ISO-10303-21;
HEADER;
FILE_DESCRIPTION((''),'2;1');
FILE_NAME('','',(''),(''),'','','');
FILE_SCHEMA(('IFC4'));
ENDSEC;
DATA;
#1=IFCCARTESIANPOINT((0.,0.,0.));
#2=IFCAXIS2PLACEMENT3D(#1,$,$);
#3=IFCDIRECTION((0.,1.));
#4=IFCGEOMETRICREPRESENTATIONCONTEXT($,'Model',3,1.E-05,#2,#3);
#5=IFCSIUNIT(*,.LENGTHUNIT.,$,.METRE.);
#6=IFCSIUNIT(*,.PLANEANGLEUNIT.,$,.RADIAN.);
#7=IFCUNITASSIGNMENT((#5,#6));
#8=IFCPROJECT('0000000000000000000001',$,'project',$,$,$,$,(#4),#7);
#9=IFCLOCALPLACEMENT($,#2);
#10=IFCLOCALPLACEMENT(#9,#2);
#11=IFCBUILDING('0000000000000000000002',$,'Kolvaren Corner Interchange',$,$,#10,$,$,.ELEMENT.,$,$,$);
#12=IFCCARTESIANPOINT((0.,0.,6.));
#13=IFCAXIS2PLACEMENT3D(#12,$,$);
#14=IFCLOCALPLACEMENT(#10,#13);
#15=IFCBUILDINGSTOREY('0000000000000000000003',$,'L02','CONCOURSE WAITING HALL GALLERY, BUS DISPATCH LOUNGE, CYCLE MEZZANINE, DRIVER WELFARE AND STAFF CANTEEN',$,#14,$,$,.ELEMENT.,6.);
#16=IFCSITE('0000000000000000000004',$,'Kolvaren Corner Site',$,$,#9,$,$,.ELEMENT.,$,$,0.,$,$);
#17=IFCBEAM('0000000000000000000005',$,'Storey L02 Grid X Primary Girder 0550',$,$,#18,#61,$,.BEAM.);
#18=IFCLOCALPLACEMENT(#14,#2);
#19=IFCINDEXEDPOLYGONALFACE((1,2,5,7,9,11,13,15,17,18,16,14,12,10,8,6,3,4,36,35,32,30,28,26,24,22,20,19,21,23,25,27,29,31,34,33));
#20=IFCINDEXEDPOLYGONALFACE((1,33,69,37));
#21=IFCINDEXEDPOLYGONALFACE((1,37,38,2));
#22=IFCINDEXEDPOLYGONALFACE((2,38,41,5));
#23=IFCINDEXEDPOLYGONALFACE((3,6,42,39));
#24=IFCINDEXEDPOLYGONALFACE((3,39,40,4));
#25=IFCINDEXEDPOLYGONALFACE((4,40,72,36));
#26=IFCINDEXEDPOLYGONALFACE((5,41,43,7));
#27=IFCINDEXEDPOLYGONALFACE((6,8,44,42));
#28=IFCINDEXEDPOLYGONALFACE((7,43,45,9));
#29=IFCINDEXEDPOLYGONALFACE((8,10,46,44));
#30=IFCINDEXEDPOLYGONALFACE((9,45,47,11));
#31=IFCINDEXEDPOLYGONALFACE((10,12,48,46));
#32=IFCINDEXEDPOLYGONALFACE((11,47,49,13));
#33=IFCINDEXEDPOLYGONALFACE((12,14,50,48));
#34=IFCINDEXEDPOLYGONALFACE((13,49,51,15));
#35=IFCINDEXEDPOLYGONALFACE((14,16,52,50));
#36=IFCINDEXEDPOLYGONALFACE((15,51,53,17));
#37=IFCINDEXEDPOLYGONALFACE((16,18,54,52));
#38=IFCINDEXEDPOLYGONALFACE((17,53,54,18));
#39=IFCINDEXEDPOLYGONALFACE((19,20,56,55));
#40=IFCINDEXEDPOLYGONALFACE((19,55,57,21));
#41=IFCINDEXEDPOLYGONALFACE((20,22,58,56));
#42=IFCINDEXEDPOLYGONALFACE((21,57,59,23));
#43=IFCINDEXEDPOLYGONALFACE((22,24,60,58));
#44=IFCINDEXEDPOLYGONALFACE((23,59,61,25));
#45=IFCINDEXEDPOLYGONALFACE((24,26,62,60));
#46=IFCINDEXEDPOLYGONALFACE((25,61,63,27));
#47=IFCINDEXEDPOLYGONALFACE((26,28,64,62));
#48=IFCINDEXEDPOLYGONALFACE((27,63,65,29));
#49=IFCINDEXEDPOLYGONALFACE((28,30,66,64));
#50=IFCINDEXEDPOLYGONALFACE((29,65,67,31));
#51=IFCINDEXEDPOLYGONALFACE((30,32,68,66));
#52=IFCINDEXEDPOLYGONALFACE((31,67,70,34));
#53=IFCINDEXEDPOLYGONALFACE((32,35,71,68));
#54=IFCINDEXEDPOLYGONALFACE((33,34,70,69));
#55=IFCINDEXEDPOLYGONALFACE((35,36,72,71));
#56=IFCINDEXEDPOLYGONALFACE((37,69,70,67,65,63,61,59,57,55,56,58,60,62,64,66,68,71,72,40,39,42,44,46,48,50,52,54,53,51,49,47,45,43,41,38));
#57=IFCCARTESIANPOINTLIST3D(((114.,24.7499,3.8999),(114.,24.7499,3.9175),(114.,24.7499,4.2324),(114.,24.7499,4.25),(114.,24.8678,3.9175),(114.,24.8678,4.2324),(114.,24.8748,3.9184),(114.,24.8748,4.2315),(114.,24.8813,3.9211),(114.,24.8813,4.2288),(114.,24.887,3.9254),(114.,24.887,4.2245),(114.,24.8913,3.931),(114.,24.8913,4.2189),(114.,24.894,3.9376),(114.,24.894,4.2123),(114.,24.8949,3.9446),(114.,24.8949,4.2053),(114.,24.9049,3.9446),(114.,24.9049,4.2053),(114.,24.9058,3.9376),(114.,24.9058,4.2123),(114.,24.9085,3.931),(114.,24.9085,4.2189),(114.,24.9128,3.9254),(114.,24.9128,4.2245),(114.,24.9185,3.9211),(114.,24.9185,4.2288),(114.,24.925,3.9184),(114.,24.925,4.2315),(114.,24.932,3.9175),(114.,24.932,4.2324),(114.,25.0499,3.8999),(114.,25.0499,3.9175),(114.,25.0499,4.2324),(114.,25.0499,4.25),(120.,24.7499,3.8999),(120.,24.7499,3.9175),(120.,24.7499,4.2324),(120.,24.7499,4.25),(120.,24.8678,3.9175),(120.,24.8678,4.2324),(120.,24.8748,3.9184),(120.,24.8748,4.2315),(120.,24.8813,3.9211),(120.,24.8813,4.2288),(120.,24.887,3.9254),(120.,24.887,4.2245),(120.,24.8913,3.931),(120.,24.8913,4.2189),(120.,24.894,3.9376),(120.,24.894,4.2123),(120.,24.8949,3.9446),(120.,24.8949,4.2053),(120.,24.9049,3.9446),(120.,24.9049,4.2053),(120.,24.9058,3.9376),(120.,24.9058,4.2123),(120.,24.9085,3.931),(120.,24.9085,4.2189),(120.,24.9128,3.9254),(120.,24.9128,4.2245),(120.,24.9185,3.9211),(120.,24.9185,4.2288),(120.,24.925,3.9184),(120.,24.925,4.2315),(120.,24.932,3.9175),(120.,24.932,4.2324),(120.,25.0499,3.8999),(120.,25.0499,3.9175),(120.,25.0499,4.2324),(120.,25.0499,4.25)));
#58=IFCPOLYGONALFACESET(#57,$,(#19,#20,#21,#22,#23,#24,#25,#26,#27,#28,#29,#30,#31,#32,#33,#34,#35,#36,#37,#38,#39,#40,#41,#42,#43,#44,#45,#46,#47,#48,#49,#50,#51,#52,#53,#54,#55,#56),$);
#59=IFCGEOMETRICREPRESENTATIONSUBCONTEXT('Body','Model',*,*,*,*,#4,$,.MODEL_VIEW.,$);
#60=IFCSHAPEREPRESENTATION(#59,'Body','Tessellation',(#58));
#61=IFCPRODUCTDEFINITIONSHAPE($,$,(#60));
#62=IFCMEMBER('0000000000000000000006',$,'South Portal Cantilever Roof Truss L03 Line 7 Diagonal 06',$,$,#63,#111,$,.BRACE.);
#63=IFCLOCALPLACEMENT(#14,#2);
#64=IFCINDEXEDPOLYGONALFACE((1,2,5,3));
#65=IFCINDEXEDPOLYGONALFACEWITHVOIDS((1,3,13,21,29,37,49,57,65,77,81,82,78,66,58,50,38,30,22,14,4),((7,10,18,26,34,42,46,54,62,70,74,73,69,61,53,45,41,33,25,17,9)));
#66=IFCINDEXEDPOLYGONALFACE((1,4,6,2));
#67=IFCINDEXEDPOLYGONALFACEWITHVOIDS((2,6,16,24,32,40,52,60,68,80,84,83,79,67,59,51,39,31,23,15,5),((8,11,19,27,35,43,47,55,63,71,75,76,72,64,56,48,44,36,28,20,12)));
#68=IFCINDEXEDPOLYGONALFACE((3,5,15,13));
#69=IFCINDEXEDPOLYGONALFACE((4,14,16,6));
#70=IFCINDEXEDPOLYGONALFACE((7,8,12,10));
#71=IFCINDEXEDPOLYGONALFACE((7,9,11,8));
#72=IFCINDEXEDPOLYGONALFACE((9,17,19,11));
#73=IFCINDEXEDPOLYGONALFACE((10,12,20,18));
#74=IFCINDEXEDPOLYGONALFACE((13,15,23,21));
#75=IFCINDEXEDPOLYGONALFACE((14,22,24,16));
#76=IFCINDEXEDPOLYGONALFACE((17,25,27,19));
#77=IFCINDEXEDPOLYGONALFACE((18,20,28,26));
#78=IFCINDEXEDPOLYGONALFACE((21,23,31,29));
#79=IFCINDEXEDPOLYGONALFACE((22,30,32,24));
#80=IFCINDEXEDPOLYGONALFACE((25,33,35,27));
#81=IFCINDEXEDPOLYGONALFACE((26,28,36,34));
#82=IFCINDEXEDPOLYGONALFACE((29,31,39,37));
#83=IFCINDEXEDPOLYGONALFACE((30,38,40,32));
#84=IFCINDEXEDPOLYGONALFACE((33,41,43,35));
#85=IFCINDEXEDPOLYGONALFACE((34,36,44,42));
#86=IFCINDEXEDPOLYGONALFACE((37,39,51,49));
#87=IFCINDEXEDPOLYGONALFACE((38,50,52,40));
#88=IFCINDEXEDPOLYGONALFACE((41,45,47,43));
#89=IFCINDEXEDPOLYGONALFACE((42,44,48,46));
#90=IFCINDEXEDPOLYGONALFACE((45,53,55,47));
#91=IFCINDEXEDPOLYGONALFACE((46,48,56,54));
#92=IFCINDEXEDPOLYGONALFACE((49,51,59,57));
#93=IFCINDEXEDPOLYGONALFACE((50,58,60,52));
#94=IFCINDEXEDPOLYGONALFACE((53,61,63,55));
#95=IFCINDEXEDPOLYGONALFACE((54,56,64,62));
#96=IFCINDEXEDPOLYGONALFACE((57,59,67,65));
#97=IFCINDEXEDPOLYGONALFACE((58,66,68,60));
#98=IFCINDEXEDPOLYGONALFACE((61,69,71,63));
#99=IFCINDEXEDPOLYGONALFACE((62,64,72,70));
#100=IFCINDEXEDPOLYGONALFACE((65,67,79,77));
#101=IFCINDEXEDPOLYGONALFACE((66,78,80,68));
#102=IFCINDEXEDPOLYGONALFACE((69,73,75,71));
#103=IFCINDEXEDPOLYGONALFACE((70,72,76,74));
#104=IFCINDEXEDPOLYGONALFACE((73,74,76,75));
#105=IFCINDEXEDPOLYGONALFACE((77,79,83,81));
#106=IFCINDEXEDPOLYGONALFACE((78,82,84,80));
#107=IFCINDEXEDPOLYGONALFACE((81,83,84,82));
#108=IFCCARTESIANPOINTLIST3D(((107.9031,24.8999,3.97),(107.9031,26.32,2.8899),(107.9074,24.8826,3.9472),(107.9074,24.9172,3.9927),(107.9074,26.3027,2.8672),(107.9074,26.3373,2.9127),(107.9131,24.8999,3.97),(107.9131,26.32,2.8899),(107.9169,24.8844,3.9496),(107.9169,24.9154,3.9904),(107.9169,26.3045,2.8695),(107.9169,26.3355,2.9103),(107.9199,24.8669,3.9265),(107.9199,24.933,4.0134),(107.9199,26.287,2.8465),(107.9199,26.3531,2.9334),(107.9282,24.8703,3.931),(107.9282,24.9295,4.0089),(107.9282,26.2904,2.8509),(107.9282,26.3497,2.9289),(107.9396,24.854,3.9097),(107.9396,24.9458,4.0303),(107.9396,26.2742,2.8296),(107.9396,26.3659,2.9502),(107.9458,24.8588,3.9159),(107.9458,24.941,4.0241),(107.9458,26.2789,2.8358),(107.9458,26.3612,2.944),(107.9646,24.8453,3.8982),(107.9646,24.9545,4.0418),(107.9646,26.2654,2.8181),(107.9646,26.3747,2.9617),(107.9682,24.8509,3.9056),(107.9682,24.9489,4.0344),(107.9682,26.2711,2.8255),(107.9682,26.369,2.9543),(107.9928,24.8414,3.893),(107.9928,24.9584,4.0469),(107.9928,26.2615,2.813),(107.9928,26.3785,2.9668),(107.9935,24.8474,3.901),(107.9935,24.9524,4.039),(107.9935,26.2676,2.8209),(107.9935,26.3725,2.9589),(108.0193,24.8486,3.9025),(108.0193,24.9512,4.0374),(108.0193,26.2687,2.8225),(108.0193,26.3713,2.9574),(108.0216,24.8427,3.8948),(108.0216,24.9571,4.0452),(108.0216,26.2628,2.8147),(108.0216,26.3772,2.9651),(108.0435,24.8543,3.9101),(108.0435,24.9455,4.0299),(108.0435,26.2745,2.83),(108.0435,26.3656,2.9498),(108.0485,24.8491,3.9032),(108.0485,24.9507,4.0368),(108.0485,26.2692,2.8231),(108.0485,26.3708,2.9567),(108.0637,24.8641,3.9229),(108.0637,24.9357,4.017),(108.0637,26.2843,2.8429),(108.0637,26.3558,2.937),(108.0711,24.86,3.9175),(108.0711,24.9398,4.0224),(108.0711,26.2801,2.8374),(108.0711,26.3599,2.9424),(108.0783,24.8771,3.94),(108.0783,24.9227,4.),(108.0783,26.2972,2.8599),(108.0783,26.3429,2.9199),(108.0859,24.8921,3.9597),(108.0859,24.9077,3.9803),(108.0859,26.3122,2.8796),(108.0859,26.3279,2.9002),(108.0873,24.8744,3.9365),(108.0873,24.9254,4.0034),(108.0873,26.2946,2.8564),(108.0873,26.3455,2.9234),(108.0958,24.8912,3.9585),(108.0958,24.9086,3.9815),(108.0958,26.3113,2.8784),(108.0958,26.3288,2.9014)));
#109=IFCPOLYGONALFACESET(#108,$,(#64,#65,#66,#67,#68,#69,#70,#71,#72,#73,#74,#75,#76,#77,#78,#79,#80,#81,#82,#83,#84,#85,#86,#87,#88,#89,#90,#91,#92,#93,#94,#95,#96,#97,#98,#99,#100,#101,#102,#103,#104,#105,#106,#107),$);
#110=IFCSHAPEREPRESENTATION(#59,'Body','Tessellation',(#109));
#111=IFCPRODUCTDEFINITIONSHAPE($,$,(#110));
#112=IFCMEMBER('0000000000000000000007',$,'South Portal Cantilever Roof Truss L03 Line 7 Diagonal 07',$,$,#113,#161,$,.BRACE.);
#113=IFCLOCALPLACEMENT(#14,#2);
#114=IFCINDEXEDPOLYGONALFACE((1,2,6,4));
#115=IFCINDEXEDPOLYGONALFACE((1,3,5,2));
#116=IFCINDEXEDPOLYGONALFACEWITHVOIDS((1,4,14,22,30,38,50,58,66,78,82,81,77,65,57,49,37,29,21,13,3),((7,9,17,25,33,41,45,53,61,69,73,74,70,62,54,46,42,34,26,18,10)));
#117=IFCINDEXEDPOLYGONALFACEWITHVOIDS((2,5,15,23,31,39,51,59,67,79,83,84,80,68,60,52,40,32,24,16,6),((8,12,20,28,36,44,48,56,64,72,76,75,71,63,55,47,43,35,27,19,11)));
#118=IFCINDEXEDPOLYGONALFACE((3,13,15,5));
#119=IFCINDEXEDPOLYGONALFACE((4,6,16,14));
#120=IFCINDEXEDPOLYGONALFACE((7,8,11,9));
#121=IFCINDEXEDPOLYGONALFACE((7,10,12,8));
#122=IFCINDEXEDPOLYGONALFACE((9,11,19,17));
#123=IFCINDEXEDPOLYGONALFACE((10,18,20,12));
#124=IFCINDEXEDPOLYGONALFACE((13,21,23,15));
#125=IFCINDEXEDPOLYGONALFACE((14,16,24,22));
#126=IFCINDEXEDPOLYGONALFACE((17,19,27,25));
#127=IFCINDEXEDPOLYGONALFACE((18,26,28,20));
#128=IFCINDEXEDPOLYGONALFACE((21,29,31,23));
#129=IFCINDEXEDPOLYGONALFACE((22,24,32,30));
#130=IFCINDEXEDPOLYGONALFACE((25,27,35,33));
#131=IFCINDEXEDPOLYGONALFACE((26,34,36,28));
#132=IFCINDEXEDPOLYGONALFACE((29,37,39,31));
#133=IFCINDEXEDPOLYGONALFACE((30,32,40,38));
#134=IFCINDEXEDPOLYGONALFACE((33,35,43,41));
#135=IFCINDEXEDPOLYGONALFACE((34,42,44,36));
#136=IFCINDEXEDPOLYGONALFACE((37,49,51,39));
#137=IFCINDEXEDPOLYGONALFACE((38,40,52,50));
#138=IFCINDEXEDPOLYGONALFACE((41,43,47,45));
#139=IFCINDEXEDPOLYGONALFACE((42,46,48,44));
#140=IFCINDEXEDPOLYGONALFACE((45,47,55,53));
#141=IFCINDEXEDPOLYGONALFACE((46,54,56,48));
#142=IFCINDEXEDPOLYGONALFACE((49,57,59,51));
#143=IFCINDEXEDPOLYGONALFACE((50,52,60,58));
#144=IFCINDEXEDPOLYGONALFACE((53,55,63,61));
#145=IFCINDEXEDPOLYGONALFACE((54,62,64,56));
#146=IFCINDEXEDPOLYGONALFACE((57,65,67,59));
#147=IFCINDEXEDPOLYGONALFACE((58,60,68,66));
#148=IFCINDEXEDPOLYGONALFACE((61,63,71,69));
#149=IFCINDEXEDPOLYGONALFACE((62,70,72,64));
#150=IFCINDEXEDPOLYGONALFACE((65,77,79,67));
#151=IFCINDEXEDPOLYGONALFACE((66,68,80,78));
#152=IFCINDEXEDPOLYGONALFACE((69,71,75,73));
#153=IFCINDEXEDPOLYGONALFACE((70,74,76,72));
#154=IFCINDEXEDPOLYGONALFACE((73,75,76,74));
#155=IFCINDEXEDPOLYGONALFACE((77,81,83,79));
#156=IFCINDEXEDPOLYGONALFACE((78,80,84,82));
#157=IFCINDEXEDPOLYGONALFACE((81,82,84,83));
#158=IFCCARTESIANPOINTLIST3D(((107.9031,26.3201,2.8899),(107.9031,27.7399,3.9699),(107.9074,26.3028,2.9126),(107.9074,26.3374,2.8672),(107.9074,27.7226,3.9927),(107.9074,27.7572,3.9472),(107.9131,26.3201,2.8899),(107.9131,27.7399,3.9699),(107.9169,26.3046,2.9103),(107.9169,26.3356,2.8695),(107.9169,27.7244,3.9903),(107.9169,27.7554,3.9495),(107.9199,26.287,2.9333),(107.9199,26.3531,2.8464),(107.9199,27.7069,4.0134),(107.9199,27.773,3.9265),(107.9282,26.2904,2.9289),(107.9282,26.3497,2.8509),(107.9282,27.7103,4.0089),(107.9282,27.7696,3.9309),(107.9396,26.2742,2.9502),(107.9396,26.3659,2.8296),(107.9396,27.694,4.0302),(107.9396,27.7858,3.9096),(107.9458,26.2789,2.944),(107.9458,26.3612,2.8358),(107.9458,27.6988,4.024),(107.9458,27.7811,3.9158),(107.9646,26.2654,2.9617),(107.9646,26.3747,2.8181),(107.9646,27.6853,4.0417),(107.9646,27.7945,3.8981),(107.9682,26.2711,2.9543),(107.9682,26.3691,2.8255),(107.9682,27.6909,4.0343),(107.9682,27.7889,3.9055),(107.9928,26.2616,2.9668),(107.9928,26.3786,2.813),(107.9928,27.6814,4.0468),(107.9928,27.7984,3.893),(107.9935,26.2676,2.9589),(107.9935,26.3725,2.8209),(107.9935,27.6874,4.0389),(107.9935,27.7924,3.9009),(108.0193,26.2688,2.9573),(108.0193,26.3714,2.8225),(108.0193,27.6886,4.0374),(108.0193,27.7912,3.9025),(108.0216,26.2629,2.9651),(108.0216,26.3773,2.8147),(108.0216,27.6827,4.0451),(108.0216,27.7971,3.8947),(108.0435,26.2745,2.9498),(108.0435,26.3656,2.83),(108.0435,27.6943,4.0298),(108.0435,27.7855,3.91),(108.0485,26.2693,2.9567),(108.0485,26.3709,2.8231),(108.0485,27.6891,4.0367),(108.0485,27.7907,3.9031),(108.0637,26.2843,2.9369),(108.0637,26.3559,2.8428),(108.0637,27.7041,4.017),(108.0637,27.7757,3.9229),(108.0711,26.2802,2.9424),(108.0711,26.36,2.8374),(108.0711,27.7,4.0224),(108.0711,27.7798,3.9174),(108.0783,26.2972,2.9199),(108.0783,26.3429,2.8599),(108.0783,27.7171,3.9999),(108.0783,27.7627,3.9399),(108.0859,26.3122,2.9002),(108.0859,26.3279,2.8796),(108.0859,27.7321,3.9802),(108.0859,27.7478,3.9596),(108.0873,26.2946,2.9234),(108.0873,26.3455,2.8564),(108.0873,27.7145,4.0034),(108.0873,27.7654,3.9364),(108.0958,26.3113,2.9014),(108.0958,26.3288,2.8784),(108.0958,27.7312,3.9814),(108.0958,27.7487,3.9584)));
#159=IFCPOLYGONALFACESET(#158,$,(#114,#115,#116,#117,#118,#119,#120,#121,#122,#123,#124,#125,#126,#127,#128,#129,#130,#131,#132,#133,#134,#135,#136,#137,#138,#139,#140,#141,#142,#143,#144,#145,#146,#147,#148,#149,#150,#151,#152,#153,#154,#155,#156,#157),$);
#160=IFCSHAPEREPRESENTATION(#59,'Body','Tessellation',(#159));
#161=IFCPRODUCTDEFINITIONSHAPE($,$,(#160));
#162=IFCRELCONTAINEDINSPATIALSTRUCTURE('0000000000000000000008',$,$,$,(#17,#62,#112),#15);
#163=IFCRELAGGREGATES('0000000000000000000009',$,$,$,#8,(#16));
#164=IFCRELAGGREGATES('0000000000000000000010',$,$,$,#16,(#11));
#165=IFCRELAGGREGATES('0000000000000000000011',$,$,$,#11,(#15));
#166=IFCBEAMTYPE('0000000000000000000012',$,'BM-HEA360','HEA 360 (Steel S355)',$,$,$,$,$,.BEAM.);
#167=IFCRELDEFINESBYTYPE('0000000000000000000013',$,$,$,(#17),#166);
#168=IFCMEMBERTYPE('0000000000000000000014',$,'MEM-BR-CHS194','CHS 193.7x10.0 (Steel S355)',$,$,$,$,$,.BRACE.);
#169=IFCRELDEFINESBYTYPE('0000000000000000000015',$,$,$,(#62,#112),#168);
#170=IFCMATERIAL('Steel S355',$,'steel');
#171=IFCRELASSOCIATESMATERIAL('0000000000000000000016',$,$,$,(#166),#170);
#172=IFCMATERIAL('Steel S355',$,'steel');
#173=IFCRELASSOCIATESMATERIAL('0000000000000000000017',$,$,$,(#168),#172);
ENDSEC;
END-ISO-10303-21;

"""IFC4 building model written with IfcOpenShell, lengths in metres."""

from ifc_helpers import new_model, si_unit, direction, frame, origin, origin_2d, place, context, subcontext, project, spatial, hollow_circle, i_section, extrude, material, material_profile, profile_set, type_object, element, save


model = new_model("IFC4")

# Units and contexts
model_context = context("Model", 3, precision=1e-05, world=origin(), true_north=direction((0.0, 1.0)))
body_context = subcontext(model_context, "Body", "Model", "MODEL_VIEW")
ifc_project = project(units=[si_unit("LENGTHUNIT", "METRE"), si_unit("PLANEANGLEUNIT", "RADIAN")], contexts=[model_context])

# Site, building, storey
site_placement = place(None, origin())
site = spatial("IfcSite", under=ifc_project, at=site_placement, Name="Kolvaren Corner Site", CompositionType="ELEMENT", RefElevation=0.0)
building_placement = place(site_placement, origin())
building = spatial("IfcBuilding", under=site, at=building_placement, Name="Kolvaren Corner Interchange", CompositionType="ELEMENT")
storey_placement = place(building_placement, frame((0.0, 0.0, 6.0)))
storey = spatial("IfcBuildingStorey", under=building, at=storey_placement, Name="L02", Description="CONCOURSE WAITING HALL GALLERY, BUS DISPATCH LOUNGE, CYCLE MEZZANINE, DRIVER WELFARE AND STAFF CANTEEN", CompositionType="ELEMENT", Elevation=6.0)

# Beam
ifc_material_1 = material(Name="Steel S355", Category="steel")
ifc_material_profile_1 = material_profile(ifc_material_1, i_section(OverallWidth=0.3, OverallDepth=0.3501, WebThickness=0.01, FlangeThickness=0.0176, FilletRadius=0.0271, at=origin_2d()), Name="HEA 360")
ifc_profile_set_1 = profile_set([ifc_material_profile_1], Name="Steel S355")
beam_type = type_object("IfcBeamType", Name="BM-HEA360", Description="HEA 360 (Steel S355)", PredefinedType="BEAM", material=ifc_profile_set_1)
for number, where, z_axis, x_axis, name in (
    (1, (114.0, 24.8999, 4.075), (1.0, 0.0, 0.0), (0.0, 1.0, 0.0), "Storey L02 Grid X Primary Girder 0550"),
):
    element("IfcBeam", number, at=place(storey_placement, frame(where, z_axis=z_axis, x_axis=x_axis)), inside=storey, type_object=beam_type, Name=name, PredefinedType="BEAM", context=body_context, shape_type="SweptSolid", body=[
        extrude(i_section(OverallWidth=0.3, OverallDepth=0.3501, WebThickness=0.01, FlangeThickness=0.0176, FilletRadius=0.0271, at=origin_2d()), origin(), (0.0, 0.0, 1.0), 6.0),
    ])

# Members
ifc_material_2 = material(Name="Steel S355", Category="steel")
ifc_material_profile_2 = material_profile(ifc_material_2, hollow_circle(Radius=0.0969, WallThickness=0.01, at=origin_2d()), Name="CHS 193.7x10.0")
ifc_profile_set_2 = profile_set([ifc_material_profile_2], Name="Steel S355")
member_type_1 = type_object("IfcMemberType", Name="MEM-BR-CHS194", Description="CHS 193.7x10.0 (Steel S355)", PredefinedType="BRACE", material=ifc_profile_set_2)
member_1_placement = place(storey_placement, frame((108.0, 24.8999, 3.97), z_axis=(0.0, 0.795959, -0.60535), x_axis=(-1.0, 0.0, 0.0)))
element("IfcMember", 2, at=member_1_placement, inside=storey, type_object=member_type_1, Name="South Portal Cantilever Roof Truss L03 Line 7 Diagonal 06", PredefinedType="BRACE", context=body_context, shape_type="SweptSolid", body=[
    extrude(hollow_circle(Radius=0.0969, WallThickness=0.01, at=origin_2d()), origin(), (0.0, 0.0, 1.0), 1.7842),
])
for number, where, z_axis, x_axis, name in (
    (3, (108.0, 26.3201, 2.8899), (0.0, 0.795909, 0.605416), (-1.0, 0.0, 0.0), "South Portal Cantilever Roof Truss L03 Line 7 Diagonal 07"),
):
    element("IfcMember", number, at=place(storey_placement, frame(where, z_axis=z_axis, x_axis=x_axis)), inside=storey, type_object=member_type_1, Name=name, PredefinedType="BRACE", context=body_context, shape_type="SweptSolid", body=[
        extrude(hollow_circle(Radius=0.0969, WallThickness=0.01, at=origin_2d()), origin(), (0.0, 0.0, 1.0), 1.7839),
    ])

save(model, "model.ifc")
